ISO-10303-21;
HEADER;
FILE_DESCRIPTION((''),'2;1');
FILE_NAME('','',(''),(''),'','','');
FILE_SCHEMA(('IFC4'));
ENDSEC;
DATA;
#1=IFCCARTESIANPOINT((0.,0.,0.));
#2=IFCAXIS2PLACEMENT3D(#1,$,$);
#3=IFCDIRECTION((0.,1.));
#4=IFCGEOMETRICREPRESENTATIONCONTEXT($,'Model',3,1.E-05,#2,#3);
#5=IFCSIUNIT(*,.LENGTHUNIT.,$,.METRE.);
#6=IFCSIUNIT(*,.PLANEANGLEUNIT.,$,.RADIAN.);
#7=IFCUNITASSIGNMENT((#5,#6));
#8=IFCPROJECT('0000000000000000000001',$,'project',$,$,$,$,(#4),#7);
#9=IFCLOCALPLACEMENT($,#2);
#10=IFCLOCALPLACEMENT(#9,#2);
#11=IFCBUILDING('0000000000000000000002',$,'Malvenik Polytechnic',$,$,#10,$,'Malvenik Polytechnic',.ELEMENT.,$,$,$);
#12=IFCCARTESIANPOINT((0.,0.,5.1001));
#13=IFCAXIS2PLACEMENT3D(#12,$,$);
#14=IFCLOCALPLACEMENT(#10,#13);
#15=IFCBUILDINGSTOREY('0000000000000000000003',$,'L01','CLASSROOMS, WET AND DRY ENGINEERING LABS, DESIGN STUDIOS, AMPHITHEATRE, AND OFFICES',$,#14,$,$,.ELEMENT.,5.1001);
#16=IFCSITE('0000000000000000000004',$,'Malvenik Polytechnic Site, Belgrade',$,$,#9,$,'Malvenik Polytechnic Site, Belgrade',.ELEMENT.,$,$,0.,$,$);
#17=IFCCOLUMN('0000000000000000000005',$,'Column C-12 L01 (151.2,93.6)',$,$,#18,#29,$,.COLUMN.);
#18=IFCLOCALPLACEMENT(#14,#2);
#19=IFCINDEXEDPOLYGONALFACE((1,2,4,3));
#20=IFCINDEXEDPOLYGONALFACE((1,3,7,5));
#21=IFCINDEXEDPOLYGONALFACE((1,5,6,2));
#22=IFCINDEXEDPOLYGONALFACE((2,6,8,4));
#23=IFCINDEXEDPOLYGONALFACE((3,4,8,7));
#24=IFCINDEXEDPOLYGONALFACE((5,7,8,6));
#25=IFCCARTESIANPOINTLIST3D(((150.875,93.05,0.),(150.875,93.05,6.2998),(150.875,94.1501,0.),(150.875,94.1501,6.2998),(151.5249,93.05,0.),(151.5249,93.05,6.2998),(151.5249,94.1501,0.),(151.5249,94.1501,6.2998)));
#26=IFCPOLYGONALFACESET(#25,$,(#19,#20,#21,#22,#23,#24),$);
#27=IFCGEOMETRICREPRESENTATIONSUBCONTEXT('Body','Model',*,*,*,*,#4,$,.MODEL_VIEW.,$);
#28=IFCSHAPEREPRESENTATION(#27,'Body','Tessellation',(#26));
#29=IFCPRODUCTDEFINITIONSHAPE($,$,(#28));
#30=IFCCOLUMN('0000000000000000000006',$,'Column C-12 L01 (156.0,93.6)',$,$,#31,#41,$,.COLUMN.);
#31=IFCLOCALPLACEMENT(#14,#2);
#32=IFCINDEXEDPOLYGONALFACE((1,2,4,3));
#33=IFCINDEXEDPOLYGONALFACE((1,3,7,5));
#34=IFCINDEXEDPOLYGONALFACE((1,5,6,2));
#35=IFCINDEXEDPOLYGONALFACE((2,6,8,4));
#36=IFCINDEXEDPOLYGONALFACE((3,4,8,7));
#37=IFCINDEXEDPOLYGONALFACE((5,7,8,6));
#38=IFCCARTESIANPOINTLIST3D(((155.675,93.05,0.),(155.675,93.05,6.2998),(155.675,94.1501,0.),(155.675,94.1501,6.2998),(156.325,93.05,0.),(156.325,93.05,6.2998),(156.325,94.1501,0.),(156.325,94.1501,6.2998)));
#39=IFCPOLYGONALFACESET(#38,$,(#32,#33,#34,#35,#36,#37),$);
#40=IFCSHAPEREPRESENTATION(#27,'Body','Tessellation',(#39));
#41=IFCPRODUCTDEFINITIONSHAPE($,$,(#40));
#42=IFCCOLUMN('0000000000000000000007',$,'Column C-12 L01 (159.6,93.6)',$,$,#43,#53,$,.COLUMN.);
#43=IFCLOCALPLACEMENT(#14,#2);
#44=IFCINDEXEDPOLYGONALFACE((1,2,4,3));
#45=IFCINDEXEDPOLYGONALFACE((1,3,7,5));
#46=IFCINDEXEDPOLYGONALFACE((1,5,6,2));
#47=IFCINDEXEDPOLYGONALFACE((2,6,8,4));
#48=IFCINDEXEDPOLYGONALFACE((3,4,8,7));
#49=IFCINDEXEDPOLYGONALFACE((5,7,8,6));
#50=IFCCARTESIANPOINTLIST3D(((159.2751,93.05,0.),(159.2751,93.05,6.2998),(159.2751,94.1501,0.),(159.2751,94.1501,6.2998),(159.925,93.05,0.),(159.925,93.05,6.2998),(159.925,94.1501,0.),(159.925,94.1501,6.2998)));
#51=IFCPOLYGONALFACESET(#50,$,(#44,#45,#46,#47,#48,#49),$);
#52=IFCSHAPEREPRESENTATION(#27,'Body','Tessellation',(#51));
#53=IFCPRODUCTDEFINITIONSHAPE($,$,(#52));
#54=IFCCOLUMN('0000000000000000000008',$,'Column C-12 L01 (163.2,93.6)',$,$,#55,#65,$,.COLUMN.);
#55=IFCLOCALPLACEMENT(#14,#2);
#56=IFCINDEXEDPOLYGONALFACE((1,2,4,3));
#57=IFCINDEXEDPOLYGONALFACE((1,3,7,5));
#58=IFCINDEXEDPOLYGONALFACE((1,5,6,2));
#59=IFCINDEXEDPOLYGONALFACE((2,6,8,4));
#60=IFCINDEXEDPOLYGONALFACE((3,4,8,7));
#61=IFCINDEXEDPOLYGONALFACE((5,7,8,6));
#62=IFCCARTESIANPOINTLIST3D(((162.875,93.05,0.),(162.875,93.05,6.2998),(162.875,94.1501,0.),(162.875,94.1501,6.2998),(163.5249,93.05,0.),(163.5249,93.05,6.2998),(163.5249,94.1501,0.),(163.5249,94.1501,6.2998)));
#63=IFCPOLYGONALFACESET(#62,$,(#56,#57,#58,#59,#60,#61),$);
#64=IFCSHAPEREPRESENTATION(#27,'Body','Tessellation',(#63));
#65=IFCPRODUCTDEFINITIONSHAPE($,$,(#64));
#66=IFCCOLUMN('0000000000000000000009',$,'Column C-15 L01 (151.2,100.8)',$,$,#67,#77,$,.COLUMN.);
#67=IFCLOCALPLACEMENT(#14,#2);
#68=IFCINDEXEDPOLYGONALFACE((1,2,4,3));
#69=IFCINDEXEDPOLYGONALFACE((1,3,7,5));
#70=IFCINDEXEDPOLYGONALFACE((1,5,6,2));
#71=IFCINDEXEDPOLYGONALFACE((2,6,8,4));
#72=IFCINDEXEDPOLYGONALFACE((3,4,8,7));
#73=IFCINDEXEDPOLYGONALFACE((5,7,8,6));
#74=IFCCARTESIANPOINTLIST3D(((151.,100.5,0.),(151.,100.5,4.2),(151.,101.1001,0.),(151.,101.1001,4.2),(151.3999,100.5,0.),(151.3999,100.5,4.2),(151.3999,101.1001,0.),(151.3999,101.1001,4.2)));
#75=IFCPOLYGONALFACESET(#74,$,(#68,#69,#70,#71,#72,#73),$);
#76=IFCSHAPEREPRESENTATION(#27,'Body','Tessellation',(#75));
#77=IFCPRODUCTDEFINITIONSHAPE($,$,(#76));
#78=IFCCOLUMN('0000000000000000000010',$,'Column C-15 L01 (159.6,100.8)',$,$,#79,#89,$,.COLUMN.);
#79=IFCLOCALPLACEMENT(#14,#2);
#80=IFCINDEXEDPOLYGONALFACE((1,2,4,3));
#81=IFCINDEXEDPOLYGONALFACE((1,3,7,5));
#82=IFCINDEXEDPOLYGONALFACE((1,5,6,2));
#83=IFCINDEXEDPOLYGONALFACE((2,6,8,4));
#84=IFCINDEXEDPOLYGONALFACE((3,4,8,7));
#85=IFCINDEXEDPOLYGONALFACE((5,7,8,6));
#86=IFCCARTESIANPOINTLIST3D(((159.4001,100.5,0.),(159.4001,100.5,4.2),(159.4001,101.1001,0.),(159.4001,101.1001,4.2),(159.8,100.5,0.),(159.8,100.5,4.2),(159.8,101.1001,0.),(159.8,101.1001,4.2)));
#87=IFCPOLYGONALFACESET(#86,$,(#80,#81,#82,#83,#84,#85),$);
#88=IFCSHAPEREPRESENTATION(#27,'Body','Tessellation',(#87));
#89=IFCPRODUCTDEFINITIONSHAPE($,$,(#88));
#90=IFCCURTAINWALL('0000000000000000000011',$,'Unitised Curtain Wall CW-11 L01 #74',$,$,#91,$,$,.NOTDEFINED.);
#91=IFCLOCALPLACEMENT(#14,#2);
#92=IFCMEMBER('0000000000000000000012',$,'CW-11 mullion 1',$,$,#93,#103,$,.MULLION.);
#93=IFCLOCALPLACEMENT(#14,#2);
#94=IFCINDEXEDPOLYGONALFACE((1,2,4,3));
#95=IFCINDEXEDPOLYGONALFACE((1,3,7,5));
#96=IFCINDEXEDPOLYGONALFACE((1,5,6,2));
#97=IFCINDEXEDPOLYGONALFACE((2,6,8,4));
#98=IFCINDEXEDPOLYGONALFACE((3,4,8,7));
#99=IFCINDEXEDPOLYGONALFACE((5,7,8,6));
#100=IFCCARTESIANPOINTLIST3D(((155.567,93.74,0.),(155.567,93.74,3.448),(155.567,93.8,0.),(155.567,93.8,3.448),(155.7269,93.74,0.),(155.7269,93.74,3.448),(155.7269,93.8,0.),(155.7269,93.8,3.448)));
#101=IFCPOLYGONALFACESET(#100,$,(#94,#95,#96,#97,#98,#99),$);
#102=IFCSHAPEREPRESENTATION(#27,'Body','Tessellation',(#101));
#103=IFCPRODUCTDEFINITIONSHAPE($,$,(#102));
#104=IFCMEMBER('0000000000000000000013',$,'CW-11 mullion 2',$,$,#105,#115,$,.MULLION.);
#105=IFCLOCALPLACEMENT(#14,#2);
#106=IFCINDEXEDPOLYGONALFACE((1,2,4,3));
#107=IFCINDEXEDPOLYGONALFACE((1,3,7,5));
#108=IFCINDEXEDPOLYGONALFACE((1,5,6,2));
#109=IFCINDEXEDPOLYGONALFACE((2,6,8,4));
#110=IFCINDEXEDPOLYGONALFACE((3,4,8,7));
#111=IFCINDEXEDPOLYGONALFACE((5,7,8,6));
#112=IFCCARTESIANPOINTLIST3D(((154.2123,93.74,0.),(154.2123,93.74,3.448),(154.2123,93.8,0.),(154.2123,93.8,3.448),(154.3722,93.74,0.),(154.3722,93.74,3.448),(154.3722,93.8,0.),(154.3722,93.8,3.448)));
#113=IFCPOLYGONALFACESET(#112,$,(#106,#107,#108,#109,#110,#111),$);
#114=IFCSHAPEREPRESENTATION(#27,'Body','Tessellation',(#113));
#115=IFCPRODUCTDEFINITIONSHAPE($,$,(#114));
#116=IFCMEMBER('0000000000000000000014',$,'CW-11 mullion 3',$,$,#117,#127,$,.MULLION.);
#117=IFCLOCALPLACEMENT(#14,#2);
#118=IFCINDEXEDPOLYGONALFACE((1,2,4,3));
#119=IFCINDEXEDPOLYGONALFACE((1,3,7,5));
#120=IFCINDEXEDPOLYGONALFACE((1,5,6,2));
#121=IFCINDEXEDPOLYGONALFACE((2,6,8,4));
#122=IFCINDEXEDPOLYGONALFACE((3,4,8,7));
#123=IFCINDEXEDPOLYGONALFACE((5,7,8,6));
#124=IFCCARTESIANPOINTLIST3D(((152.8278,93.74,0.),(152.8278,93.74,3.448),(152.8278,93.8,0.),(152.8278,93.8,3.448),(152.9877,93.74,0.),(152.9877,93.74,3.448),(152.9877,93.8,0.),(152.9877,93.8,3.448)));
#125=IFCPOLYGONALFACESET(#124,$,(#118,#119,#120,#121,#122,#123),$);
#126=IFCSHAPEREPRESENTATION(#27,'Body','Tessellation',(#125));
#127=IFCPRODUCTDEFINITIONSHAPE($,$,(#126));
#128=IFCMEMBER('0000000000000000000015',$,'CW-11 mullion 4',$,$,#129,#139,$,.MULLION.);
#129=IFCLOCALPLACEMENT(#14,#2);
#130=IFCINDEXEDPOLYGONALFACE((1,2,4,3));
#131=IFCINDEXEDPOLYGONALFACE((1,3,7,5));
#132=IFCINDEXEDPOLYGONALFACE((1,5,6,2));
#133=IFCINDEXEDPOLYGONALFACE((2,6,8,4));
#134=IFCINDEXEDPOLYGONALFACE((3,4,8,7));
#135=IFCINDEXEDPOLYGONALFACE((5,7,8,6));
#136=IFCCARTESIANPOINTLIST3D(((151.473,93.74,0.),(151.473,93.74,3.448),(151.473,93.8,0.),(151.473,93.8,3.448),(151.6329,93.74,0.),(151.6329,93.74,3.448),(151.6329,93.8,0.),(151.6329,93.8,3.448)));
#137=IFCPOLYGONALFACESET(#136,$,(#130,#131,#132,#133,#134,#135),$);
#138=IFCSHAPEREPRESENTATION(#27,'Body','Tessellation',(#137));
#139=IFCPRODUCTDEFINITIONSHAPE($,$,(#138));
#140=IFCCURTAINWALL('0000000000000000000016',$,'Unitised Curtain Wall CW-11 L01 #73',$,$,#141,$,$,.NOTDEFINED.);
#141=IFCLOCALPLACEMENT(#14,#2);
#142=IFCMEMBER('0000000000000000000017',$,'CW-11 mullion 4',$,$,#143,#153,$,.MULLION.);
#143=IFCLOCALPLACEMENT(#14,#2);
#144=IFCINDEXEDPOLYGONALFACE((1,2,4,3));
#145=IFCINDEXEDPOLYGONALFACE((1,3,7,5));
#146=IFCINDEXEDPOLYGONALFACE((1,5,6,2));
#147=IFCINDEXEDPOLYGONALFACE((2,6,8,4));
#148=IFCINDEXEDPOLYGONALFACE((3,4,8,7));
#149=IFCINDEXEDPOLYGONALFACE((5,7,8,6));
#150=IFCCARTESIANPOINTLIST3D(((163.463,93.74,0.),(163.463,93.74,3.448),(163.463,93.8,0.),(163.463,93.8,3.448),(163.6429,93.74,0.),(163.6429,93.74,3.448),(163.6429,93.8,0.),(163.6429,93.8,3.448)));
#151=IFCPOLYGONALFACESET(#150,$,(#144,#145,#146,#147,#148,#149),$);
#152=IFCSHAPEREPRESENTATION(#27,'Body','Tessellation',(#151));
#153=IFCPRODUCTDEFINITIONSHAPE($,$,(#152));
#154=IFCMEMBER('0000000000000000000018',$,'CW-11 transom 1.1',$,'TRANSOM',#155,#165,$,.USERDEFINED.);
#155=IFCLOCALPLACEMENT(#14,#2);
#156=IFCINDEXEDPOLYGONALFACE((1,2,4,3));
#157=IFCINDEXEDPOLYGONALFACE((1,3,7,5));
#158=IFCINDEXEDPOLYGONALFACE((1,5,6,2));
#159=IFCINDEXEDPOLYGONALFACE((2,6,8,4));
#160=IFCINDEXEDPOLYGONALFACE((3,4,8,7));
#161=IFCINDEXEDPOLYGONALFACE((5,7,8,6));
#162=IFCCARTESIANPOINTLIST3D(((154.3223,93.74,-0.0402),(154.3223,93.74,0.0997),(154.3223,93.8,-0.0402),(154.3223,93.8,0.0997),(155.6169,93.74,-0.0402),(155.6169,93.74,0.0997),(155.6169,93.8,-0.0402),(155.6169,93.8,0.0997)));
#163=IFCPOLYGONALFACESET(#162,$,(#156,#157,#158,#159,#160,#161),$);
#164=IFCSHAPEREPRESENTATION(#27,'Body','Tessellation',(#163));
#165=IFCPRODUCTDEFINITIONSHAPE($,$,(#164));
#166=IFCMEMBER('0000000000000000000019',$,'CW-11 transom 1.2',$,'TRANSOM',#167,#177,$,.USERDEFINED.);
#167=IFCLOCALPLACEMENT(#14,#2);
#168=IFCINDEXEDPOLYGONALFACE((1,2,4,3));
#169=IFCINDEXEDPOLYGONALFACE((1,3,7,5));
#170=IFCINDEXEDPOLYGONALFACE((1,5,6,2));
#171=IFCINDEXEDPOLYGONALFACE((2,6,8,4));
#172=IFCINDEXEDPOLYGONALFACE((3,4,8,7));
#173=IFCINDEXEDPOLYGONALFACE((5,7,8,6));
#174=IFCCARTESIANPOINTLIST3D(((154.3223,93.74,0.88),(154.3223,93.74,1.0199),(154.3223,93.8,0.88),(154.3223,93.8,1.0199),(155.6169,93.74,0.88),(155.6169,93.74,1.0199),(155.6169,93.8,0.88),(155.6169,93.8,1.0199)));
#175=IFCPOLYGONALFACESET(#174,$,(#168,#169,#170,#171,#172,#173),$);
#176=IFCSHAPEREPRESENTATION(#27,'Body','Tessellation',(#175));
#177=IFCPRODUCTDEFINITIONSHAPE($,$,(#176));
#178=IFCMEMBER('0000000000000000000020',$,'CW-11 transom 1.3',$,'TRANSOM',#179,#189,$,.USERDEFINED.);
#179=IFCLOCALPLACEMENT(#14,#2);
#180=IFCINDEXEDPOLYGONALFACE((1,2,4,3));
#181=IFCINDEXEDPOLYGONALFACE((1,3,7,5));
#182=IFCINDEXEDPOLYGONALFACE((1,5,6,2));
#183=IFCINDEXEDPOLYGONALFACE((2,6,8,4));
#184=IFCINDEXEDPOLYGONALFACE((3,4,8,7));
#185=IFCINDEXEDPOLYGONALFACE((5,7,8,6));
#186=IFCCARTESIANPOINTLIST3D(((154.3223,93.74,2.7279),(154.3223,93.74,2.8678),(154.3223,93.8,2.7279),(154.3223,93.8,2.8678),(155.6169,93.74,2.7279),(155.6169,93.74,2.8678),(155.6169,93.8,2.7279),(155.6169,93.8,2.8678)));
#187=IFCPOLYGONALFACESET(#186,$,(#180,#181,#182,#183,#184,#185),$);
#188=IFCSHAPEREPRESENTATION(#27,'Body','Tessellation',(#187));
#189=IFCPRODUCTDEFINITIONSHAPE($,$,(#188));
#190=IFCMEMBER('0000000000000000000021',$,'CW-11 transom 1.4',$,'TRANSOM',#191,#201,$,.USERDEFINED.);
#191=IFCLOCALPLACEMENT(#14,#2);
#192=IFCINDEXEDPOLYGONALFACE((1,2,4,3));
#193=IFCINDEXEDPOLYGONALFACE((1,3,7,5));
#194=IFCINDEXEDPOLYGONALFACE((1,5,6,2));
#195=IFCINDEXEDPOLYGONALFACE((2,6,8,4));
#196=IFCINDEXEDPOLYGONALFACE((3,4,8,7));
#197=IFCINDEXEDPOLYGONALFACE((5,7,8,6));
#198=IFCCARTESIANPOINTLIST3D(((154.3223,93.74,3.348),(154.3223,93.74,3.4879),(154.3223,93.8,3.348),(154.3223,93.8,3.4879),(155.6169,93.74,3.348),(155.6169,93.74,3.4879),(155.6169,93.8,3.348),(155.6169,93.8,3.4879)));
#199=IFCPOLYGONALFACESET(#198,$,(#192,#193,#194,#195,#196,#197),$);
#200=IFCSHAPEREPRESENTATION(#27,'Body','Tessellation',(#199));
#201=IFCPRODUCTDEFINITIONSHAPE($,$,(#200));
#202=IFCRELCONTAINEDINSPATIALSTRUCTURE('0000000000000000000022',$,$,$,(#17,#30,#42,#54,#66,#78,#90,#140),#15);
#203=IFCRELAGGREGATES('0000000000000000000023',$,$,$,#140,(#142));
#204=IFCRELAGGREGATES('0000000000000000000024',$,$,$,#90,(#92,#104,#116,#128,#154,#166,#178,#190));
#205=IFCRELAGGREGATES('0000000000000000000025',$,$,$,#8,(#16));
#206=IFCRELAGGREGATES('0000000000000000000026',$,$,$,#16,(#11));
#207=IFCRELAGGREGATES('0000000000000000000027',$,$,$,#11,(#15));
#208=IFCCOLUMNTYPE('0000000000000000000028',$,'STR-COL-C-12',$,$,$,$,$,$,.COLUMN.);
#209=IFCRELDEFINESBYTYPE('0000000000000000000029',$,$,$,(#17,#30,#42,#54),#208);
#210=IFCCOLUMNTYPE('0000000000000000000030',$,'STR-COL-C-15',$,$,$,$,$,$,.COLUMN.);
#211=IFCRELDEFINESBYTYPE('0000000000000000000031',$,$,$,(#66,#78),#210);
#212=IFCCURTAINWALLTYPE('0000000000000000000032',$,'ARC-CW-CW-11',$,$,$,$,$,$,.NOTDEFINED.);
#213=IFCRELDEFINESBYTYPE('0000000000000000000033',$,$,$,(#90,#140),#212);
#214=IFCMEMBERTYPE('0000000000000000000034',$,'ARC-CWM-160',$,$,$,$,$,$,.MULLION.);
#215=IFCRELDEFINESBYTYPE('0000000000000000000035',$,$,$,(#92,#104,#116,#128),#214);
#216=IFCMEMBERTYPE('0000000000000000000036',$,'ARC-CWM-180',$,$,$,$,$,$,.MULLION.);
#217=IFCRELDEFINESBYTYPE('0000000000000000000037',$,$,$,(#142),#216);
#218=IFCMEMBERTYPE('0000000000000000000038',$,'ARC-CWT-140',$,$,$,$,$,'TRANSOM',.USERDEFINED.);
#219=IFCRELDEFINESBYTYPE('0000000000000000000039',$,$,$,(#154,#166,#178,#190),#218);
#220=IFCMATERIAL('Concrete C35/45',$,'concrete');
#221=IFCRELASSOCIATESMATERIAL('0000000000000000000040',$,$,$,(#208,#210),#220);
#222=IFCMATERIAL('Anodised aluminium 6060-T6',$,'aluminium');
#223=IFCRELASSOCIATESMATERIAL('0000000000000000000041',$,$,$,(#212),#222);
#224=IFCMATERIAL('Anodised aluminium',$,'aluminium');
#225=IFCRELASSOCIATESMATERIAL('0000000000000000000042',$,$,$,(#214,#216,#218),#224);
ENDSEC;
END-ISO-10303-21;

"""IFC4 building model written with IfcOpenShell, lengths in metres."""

from ifc_helpers import new_model, si_unit, direction, frame, origin, origin_2d, place, context, subcontext, project, spatial, rectangle, extrude, material, material_profile, profile_set, type_object, element, aggregate, save


model = new_model("IFC4")

# Units and contexts
model_context = context("Model", 3, precision=1e-05, world=origin(), true_north=direction((0.0, 1.0)))
body_context = subcontext(model_context, "Body", "Model", "MODEL_VIEW")
ifc_project = project(units=[si_unit("LENGTHUNIT", "METRE"), si_unit("PLANEANGLEUNIT", "RADIAN")], contexts=[model_context])

# Site, building, storey
site_placement = place(None, origin())
site = spatial("IfcSite", under=ifc_project, at=site_placement, Name="Malvenik Polytechnic Site, Belgrade", LongName="Malvenik Polytechnic Site, Belgrade", CompositionType="ELEMENT", RefElevation=0.0)
building_placement = place(site_placement, origin())
building = spatial("IfcBuilding", under=site, at=building_placement, Name="Malvenik Polytechnic", LongName="Malvenik Polytechnic", CompositionType="ELEMENT")
storey_placement = place(building_placement, frame((0.0, 0.0, 5.1001)))
storey = spatial("IfcBuildingStorey", under=building, at=storey_placement, Name="L01", Description="CLASSROOMS, WET AND DRY ENGINEERING LABS, DESIGN STUDIOS, AMPHITHEATRE, AND OFFICES", CompositionType="ELEMENT", Elevation=5.1001)

# Columns
ifc_material_1 = material(Name="Concrete C35/45", Category="concrete")
ifc_material_profile_1 = material_profile(ifc_material_1, rectangle(XDim=0.6499, YDim=1.1001, at=origin_2d()), Name="RC COL 1100x650")
ifc_profile_set_1 = profile_set([ifc_material_profile_1], Name="Concrete C35/45")
column_type_1 = type_object("IfcColumnType", Name="STR-COL-C-12", PredefinedType="COLUMN", material=ifc_profile_set_1)
for number, where, z_axis, x_axis, name in (
    (1, (151.2, 93.6001, 0.0), (0.0, 0.0, 1.0), (1.0, 0.0, 0.0), "Column C-12 L01 (151.2,93.6)"),
    (2, (156.0, 93.6001, 0.0), (0.0, 0.0, 1.0), (1.0, 0.0, 0.0), "Column C-12 L01 (156.0,93.6)"),
    (3, (159.6001, 93.6001, 0.0), (0.0, 0.0, 1.0), (1.0, 0.0, 0.0), "Column C-12 L01 (159.6,93.6)"),
    (4, (163.2, 93.6001, 0.0), (0.0, 0.0, 1.0), (1.0, 0.0, 0.0), "Column C-12 L01 (163.2,93.6)"),
):
    element("IfcColumn", number, at=place(storey_placement, frame(where, z_axis=z_axis, x_axis=x_axis)), inside=storey, type_object=column_type_1, Name=name, PredefinedType="COLUMN", context=body_context, shape_type="SweptSolid", body=[
        extrude(rectangle(XDim=0.6499, YDim=1.1001, at=origin_2d()), origin(), (0.0, 0.0, 1.0), 6.2998),
    ])
ifc_material_profile_2 = material_profile(ifc_material_1, rectangle(XDim=0.3999, YDim=0.6001, at=origin_2d()), Name="RC COL 600x400")
ifc_profile_set_2 = profile_set([ifc_material_profile_2], Name="Concrete C35/45")
column_type_2 = type_object("IfcColumnType", Name="STR-COL-C-15", PredefinedType="COLUMN", material=ifc_profile_set_2)
for number, where, z_axis, x_axis, name in (
    (5, (151.2, 100.8, 0.0), (0.0, 0.0, 1.0), (1.0, 0.0, 0.0), "Column C-15 L01 (151.2,100.8)"),
    (6, (159.6001, 100.8, 0.0), (0.0, 0.0, 1.0), (1.0, 0.0, 0.0), "Column C-15 L01 (159.6,100.8)"),
):
    element("IfcColumn", number, at=place(storey_placement, frame(where, z_axis=z_axis, x_axis=x_axis)), inside=storey, type_object=column_type_2, Name=name, PredefinedType="COLUMN", context=body_context, shape_type="SweptSolid", body=[
        extrude(rectangle(XDim=0.3999, YDim=0.6001, at=origin_2d()), origin(), (0.0, 0.0, 1.0), 4.2),
    ])

# Curtain wall, members
ifc_material_2 = material(Name="Anodised aluminium 6060-T6", Category="aluminium")
curtain_wall_type = type_object("IfcCurtainWallType", Name="ARC-CW-CW-11", PredefinedType="NOTDEFINED", material=ifc_material_2)
curtain_wall_1_placement = place(storey_placement, origin())
curtain_wall_1 = element("IfcCurtainWall", 7, at=curtain_wall_1_placement, inside=storey, type_object=curtain_wall_type, Name="Unitised Curtain Wall CW-11 L01 #74", PredefinedType="NOTDEFINED")
ifc_material_3 = material(Name="Anodised aluminium", Category="aluminium")
ifc_material_profile_3 = material_profile(ifc_material_3, rectangle(XDim=0.0601, YDim=0.1599, at=origin_2d()), Name="ALU MULLION 60x160")
ifc_profile_set_3 = profile_set([ifc_material_profile_3], Name="Anodised aluminium")
member_type_1 = type_object("IfcMemberType", Name="ARC-CWM-160", PredefinedType="MULLION", material=ifc_profile_set_3)
member_1_placement = place(storey_placement, frame((155.647, 93.77, 0.0), z_axis=(0.0, 0.0, 1.0), x_axis=(0.0, -1.0, 0.0)))
member_1 = element("IfcMember", 8, at=member_1_placement, type_object=member_type_1, Name="CW-11 mullion 1", PredefinedType="MULLION", context=body_context, shape_type="SweptSolid", body=[
    extrude(rectangle(XDim=0.0601, YDim=0.1599, at=origin_2d()), origin(), (0.0, 0.0, 1.0), 3.448),
])
member_2_placement = place(storey_placement, frame((154.2922, 93.77, 0.0), z_axis=(0.0, 0.0, 1.0), x_axis=(0.0, -1.0, 0.0)))
member_2 = element("IfcMember", 9, at=member_2_placement, type_object=member_type_1, Name="CW-11 mullion 2", PredefinedType="MULLION", context=body_context, shape_type="SweptSolid", body=[
    extrude(rectangle(XDim=0.0601, YDim=0.1599, at=origin_2d()), origin(), (0.0, 0.0, 1.0), 3.448),
])
member_3_placement = place(storey_placement, frame((152.9077, 93.77, 0.0), z_axis=(0.0, 0.0, 1.0), x_axis=(0.0, -1.0, 0.0)))
member_3 = element("IfcMember", 10, at=member_3_placement, type_object=member_type_1, Name="CW-11 mullion 3", PredefinedType="MULLION", context=body_context, shape_type="SweptSolid", body=[
    extrude(rectangle(XDim=0.0601, YDim=0.1599, at=origin_2d()), origin(), (0.0, 0.0, 1.0), 3.448),
])
member_4_placement = place(storey_placement, frame((151.553, 93.77, 0.0), z_axis=(0.0, 0.0, 1.0), x_axis=(0.0, -1.0, 0.0)))
member_4 = element("IfcMember", 11, at=member_4_placement, type_object=member_type_1, Name="CW-11 mullion 4", PredefinedType="MULLION", context=body_context, shape_type="SweptSolid", body=[
    extrude(rectangle(XDim=0.0601, YDim=0.1599, at=origin_2d()), origin(), (0.0, 0.0, 1.0), 3.448),
])

# Curtain wall, member
curtain_wall_2_placement = place(storey_placement, origin())
curtain_wall_2 = element("IfcCurtainWall", 12, at=curtain_wall_2_placement, inside=storey, type_object=curtain_wall_type, Name="Unitised Curtain Wall CW-11 L01 #73", PredefinedType="NOTDEFINED")
ifc_material_profile_4 = material_profile(ifc_material_3, rectangle(XDim=0.0601, YDim=0.1799, at=origin_2d()), Name="ALU MULLION 60x180")
ifc_profile_set_4 = profile_set([ifc_material_profile_4], Name="Anodised aluminium")
member_type_2 = type_object("IfcMemberType", Name="ARC-CWM-180", PredefinedType="MULLION", material=ifc_profile_set_4)
member_5_placement = place(storey_placement, frame((163.553, 93.77, 0.0), z_axis=(0.0, 0.0, 1.0), x_axis=(0.0, -1.0, 0.0)))
member_5 = element("IfcMember", 13, at=member_5_placement, type_object=member_type_2, Name="CW-11 mullion 4", PredefinedType="MULLION", context=body_context, shape_type="SweptSolid", body=[
    extrude(rectangle(XDim=0.0601, YDim=0.1799, at=origin_2d()), origin(), (0.0, 0.0, 1.0), 3.448),
])

# Members
ifc_material_profile_5 = material_profile(ifc_material_3, rectangle(XDim=0.0601, YDim=0.1399, at=origin_2d()), Name="ALU TRANSOM 60x140")
ifc_profile_set_5 = profile_set([ifc_material_profile_5], Name="Anodised aluminium")
member_type_3 = type_object("IfcMemberType", Name="ARC-CWT-140", ElementType="TRANSOM", PredefinedType="USERDEFINED", material=ifc_profile_set_5)
member_6_placement = place(storey_placement, frame((155.6169, 93.77, 0.0298), z_axis=(-1.0, 0.0, 0.0), x_axis=(0.0, -1.0, 0.0)))
member_6 = element("IfcMember", 14, at=member_6_placement, type_object=member_type_3, Name="CW-11 transom 1.1", ObjectType="TRANSOM", PredefinedType="USERDEFINED", context=body_context, shape_type="SweptSolid", body=[
    extrude(rectangle(XDim=0.0601, YDim=0.1399, at=origin_2d()), origin(), (0.0, 0.0, 1.0), 1.2947),
])
member_7_placement = place(storey_placement, frame((155.6169, 93.77, 0.95), z_axis=(-1.0, 0.0, 0.0), x_axis=(0.0, -1.0, 0.0)))
member_7 = element("IfcMember", 15, at=member_7_placement, type_object=member_type_3, Name="CW-11 transom 1.2", ObjectType="TRANSOM", PredefinedType="USERDEFINED", context=body_context, shape_type="SweptSolid", body=[
    extrude(rectangle(XDim=0.0601, YDim=0.1399, at=origin_2d()), origin(), (0.0, 0.0, 1.0), 1.2947),
])
member_8_placement = place(storey_placement, frame((155.6169, 93.77, 2.7979), z_axis=(-1.0, 0.0, 0.0), x_axis=(0.0, -1.0, 0.0)))
member_8 = element("IfcMember", 16, at=member_8_placement, type_object=member_type_3, Name="CW-11 transom 1.3", ObjectType="TRANSOM", PredefinedType="USERDEFINED", context=body_context, shape_type="SweptSolid", body=[
    extrude(rectangle(XDim=0.0601, YDim=0.1399, at=origin_2d()), origin(), (0.0, 0.0, 1.0), 1.2947),
])
member_9_placement = place(storey_placement, frame((155.6169, 93.77, 3.418), z_axis=(-1.0, 0.0, 0.0), x_axis=(0.0, -1.0, 0.0)))
member_9 = element("IfcMember", 17, at=member_9_placement, type_object=member_type_3, Name="CW-11 transom 1.4", ObjectType="TRANSOM", PredefinedType="USERDEFINED", context=body_context, shape_type="SweptSolid", body=[
    extrude(rectangle(XDim=0.0601, YDim=0.1399, at=origin_2d()), origin(), (0.0, 0.0, 1.0), 1.2947),
])

aggregate(curtain_wall_2, [member_5])
aggregate(curtain_wall_1, [member_1, member_2, member_3, member_4, member_6, member_7, member_8, member_9])

save(model, "model.ifc")
